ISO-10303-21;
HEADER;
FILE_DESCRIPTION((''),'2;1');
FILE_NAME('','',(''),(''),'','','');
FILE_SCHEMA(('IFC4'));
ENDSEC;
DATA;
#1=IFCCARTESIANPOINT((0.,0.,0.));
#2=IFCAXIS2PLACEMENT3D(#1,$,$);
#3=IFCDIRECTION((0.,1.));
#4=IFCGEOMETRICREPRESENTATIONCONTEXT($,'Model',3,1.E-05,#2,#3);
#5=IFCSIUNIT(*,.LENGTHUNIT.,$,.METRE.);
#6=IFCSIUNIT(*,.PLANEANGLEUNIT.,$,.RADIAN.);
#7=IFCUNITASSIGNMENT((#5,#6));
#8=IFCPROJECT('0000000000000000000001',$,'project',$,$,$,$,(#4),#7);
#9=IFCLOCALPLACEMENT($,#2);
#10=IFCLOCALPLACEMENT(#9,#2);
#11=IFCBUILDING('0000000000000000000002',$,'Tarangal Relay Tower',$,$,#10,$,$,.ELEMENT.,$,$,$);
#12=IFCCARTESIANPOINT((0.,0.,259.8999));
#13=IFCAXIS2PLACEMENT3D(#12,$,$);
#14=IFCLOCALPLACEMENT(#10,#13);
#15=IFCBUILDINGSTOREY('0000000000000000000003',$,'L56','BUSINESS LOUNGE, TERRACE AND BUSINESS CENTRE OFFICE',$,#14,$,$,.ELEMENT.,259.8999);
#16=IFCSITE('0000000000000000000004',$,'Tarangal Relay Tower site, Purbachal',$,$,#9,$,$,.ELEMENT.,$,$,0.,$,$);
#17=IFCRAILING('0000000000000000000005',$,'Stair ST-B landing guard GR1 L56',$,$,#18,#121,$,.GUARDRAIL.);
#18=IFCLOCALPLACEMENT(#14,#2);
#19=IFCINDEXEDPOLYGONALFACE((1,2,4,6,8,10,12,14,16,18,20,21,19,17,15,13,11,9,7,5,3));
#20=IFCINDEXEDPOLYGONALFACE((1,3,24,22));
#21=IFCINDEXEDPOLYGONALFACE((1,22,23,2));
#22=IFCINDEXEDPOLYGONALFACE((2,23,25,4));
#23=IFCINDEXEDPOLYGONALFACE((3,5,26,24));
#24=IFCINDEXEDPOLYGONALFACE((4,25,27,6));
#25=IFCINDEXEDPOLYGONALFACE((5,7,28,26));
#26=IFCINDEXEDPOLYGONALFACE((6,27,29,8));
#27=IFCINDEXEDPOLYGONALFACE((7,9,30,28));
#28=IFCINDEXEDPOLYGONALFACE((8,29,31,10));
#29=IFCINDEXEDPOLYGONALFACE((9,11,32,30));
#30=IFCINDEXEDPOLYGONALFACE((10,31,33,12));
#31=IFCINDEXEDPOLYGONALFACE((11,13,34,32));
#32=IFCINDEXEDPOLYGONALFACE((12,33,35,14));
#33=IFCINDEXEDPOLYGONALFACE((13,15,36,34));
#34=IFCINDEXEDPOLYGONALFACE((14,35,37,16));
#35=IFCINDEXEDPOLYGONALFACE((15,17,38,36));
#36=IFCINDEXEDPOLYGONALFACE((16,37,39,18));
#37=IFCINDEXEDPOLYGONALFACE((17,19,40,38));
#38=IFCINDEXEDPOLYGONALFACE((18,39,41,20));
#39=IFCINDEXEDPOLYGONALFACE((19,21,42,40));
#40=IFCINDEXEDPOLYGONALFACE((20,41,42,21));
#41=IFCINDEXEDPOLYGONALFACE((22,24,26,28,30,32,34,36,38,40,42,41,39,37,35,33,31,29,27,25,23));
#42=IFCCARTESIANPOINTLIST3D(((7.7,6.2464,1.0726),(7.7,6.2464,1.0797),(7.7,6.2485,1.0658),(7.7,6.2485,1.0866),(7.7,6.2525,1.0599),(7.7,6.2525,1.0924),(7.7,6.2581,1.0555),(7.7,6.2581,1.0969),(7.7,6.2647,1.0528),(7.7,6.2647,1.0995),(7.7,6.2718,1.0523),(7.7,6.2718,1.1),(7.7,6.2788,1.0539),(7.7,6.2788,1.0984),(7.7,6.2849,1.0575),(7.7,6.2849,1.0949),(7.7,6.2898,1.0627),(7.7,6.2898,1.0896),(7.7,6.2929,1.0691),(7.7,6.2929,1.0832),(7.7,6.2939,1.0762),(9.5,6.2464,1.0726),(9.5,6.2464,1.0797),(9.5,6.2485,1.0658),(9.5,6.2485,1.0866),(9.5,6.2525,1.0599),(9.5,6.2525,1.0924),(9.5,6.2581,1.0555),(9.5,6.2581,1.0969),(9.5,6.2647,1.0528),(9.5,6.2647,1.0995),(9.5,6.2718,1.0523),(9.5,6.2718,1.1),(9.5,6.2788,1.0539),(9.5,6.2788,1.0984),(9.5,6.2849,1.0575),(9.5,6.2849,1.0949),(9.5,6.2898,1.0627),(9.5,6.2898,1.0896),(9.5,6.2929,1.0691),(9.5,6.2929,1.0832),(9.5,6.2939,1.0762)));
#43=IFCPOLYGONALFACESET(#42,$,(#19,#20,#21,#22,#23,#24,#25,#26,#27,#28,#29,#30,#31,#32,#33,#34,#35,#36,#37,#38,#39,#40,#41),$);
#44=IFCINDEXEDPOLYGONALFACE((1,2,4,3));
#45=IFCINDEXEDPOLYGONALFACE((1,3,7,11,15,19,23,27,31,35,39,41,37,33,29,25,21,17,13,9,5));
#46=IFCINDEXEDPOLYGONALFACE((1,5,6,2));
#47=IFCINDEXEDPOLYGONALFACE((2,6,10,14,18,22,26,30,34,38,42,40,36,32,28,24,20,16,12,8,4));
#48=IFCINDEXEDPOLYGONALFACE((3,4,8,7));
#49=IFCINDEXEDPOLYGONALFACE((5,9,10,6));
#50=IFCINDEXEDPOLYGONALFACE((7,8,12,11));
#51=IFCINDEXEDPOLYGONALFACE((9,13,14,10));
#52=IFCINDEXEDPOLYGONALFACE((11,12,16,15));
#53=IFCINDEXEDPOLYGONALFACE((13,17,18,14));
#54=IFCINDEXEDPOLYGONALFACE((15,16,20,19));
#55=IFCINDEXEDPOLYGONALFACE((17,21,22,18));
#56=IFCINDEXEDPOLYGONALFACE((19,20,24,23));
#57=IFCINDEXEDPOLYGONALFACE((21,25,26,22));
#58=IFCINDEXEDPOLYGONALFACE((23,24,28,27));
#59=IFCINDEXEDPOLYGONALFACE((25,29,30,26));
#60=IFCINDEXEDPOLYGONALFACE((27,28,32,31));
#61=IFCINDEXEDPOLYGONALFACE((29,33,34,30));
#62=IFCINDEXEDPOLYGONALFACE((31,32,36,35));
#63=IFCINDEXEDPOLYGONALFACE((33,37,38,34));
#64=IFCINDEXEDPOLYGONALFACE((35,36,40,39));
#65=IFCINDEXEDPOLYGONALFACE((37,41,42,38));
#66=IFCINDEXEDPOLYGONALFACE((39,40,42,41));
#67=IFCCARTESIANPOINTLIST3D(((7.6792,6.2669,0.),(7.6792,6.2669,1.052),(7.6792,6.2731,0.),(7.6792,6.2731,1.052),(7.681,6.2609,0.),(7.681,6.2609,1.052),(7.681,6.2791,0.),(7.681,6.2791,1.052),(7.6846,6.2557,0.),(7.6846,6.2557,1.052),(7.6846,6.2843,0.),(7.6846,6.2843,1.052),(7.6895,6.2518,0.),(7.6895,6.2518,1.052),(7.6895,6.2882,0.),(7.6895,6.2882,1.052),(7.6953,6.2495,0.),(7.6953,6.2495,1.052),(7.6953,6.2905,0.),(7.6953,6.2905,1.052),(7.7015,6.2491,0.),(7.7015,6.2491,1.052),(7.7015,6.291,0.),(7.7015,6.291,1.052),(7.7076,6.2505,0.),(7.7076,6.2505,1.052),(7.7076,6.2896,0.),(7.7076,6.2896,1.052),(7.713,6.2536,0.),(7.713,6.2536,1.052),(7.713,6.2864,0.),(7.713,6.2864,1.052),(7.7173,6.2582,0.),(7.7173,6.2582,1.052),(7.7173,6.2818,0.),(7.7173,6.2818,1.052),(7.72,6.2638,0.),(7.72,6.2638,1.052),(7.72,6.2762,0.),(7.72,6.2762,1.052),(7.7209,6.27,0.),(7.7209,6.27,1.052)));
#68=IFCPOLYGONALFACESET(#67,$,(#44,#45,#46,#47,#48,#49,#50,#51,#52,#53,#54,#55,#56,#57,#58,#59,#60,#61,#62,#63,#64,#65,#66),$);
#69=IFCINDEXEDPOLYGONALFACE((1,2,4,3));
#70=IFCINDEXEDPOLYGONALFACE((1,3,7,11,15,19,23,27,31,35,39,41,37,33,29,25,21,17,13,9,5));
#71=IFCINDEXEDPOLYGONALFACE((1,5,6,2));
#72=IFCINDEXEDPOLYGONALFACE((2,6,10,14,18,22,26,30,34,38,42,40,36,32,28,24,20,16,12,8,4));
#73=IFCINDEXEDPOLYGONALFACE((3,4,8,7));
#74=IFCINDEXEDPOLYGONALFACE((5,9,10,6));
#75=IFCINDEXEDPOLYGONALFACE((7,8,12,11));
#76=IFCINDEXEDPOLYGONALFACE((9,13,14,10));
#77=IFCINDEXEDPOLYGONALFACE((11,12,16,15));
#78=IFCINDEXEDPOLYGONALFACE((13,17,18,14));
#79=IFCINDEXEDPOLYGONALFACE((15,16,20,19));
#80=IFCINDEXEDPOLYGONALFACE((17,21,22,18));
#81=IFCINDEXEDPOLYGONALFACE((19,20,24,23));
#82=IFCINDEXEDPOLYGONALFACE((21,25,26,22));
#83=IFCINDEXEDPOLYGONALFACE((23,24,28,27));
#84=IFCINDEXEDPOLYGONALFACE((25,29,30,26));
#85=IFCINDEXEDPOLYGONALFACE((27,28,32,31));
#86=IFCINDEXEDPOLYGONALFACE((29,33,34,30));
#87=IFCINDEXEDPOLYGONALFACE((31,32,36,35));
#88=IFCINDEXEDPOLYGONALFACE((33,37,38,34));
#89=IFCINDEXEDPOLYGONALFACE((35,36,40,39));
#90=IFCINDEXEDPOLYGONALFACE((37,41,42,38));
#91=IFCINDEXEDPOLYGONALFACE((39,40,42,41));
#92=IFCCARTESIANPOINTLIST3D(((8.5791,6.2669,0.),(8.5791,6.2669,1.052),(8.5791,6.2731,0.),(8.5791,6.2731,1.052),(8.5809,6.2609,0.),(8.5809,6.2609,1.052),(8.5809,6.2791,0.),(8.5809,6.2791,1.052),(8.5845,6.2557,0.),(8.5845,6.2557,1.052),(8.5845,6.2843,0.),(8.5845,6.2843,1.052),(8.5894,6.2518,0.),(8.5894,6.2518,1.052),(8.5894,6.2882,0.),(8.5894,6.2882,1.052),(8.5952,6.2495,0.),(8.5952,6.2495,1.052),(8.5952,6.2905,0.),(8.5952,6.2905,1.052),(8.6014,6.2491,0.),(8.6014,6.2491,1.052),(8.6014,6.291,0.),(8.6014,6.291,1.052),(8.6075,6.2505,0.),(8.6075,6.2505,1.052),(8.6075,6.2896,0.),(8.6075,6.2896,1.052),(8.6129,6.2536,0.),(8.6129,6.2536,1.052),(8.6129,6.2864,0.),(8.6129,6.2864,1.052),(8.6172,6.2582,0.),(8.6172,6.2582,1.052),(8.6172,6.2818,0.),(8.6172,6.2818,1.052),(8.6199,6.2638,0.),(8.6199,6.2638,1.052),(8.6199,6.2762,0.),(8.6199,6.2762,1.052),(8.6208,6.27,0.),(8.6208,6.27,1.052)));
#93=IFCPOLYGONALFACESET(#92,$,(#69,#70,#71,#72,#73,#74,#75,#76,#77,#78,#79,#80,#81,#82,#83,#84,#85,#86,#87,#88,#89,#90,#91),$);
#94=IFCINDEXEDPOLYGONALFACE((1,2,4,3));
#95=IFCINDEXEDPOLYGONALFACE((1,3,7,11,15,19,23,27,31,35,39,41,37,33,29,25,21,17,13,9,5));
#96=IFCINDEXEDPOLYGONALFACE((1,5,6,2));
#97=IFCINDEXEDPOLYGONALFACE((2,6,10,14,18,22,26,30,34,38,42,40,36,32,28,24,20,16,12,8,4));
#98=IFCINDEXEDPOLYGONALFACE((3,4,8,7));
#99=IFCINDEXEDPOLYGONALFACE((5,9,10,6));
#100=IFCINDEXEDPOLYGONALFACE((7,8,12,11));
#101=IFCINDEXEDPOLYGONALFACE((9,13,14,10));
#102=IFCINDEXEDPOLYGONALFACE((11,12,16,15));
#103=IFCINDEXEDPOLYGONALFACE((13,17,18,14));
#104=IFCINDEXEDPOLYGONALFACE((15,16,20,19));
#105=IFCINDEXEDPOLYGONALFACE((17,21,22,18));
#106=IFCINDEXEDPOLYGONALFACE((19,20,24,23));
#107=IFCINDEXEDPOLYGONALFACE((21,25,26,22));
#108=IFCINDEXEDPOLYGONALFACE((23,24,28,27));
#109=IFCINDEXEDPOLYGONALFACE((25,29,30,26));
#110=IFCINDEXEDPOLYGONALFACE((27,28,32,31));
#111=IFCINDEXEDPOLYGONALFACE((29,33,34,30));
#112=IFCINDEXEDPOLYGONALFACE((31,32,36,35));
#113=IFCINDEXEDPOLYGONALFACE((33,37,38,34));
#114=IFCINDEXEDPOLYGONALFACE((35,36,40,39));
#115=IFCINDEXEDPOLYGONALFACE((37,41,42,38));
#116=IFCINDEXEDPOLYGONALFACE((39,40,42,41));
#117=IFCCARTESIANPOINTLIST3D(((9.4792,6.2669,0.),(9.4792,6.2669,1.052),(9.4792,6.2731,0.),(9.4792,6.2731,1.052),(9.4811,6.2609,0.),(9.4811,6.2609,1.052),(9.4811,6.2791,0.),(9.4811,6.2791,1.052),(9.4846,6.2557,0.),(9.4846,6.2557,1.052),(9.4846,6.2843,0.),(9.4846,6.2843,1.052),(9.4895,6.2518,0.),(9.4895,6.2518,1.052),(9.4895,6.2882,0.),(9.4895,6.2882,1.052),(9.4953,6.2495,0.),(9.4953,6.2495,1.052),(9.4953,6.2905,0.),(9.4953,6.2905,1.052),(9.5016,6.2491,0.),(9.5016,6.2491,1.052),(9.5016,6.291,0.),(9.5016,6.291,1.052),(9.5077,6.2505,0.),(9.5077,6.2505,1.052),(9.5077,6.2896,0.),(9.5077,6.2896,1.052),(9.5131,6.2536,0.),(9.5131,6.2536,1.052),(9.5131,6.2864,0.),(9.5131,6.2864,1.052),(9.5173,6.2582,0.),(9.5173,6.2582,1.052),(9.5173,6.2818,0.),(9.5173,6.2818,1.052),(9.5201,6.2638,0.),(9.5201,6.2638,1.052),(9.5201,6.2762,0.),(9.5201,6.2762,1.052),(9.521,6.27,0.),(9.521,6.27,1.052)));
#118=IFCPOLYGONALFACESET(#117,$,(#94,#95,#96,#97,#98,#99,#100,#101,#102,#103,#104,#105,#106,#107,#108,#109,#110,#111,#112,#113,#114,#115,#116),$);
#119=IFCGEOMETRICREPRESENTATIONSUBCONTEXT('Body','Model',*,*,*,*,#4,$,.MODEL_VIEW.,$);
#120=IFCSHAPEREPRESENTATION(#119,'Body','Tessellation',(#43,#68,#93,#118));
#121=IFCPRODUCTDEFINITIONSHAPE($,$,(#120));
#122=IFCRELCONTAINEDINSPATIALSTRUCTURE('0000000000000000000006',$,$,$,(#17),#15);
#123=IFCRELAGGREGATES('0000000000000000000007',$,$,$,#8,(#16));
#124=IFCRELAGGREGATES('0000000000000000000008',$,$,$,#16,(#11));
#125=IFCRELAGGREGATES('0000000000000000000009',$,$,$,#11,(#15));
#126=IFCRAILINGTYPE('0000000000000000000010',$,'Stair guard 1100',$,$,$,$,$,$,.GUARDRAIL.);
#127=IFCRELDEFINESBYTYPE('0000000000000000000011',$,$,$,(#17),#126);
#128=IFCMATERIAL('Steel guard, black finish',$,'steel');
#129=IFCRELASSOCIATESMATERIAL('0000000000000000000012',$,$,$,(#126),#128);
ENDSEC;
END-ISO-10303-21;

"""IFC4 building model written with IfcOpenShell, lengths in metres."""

from ifc_helpers import new_model, si_unit, direction, frame, origin, origin_2d, place, context, subcontext, project, spatial, circle, extrude, material, type_object, element, save


model = new_model("IFC4")

# Units and contexts
model_context = context("Model", 3, precision=1e-05, world=origin(), true_north=direction((0.0, 1.0)))
body_context = subcontext(model_context, "Body", "Model", "MODEL_VIEW")
ifc_project = project(units=[si_unit("LENGTHUNIT", "METRE"), si_unit("PLANEANGLEUNIT", "RADIAN")], contexts=[model_context])

# Site, building, storey
site_placement = place(None, origin())
site = spatial("IfcSite", under=ifc_project, at=site_placement, Name="Tarangal Relay Tower site, Purbachal", CompositionType="ELEMENT", RefElevation=0.0)
building_placement = place(site_placement, origin())
building = spatial("IfcBuilding", under=site, at=building_placement, Name="Tarangal Relay Tower", CompositionType="ELEMENT")
storey_placement = place(building_placement, frame((0.0, 0.0, 259.8999)))
storey = spatial("IfcBuildingStorey", under=building, at=storey_placement, Name="L56", Description="BUSINESS LOUNGE, TERRACE AND BUSINESS CENTRE OFFICE", CompositionType="ELEMENT", Elevation=259.8999)

# Railing
ifc_material_1 = material(Name="Steel guard, black finish", Category="steel")
railing_type_1 = type_object("IfcRailingType", Name="Stair guard 1100", PredefinedType="GUARDRAIL", material=ifc_material_1)
railing_1_placement = place(storey_placement, frame((7.7, 6.27, 0.0)))
element("IfcRailing", 1, at=railing_1_placement, inside=storey, type_object=railing_type_1, Name="Stair ST-B landing guard GR1 L56", PredefinedType="GUARDRAIL", context=body_context, shape_type="SweptSolid", body=[
    extrude(circle(Radius=0.0239, at=origin_2d()), frame((0.0, 0.0, 1.0762), z_axis=(1.0, 0.0, 0.0), x_axis=(0.0, 1.0, 0.0)), (0.0, 0.0, 1.0), 1.8),
    extrude(circle(Radius=0.021, at=origin_2d()), origin(), (0.0, 0.0, 1.0), 1.052),
    extrude(circle(Radius=0.021, at=origin_2d()), frame((0.8999, 0.0, 0.0)), (0.0, 0.0, 1.0), 1.052),
    extrude(circle(Radius=0.021, at=origin_2d()), frame((1.8, 0.0, 0.0)), (0.0, 0.0, 1.0), 1.052),
])

save(model, "model.ifc")
